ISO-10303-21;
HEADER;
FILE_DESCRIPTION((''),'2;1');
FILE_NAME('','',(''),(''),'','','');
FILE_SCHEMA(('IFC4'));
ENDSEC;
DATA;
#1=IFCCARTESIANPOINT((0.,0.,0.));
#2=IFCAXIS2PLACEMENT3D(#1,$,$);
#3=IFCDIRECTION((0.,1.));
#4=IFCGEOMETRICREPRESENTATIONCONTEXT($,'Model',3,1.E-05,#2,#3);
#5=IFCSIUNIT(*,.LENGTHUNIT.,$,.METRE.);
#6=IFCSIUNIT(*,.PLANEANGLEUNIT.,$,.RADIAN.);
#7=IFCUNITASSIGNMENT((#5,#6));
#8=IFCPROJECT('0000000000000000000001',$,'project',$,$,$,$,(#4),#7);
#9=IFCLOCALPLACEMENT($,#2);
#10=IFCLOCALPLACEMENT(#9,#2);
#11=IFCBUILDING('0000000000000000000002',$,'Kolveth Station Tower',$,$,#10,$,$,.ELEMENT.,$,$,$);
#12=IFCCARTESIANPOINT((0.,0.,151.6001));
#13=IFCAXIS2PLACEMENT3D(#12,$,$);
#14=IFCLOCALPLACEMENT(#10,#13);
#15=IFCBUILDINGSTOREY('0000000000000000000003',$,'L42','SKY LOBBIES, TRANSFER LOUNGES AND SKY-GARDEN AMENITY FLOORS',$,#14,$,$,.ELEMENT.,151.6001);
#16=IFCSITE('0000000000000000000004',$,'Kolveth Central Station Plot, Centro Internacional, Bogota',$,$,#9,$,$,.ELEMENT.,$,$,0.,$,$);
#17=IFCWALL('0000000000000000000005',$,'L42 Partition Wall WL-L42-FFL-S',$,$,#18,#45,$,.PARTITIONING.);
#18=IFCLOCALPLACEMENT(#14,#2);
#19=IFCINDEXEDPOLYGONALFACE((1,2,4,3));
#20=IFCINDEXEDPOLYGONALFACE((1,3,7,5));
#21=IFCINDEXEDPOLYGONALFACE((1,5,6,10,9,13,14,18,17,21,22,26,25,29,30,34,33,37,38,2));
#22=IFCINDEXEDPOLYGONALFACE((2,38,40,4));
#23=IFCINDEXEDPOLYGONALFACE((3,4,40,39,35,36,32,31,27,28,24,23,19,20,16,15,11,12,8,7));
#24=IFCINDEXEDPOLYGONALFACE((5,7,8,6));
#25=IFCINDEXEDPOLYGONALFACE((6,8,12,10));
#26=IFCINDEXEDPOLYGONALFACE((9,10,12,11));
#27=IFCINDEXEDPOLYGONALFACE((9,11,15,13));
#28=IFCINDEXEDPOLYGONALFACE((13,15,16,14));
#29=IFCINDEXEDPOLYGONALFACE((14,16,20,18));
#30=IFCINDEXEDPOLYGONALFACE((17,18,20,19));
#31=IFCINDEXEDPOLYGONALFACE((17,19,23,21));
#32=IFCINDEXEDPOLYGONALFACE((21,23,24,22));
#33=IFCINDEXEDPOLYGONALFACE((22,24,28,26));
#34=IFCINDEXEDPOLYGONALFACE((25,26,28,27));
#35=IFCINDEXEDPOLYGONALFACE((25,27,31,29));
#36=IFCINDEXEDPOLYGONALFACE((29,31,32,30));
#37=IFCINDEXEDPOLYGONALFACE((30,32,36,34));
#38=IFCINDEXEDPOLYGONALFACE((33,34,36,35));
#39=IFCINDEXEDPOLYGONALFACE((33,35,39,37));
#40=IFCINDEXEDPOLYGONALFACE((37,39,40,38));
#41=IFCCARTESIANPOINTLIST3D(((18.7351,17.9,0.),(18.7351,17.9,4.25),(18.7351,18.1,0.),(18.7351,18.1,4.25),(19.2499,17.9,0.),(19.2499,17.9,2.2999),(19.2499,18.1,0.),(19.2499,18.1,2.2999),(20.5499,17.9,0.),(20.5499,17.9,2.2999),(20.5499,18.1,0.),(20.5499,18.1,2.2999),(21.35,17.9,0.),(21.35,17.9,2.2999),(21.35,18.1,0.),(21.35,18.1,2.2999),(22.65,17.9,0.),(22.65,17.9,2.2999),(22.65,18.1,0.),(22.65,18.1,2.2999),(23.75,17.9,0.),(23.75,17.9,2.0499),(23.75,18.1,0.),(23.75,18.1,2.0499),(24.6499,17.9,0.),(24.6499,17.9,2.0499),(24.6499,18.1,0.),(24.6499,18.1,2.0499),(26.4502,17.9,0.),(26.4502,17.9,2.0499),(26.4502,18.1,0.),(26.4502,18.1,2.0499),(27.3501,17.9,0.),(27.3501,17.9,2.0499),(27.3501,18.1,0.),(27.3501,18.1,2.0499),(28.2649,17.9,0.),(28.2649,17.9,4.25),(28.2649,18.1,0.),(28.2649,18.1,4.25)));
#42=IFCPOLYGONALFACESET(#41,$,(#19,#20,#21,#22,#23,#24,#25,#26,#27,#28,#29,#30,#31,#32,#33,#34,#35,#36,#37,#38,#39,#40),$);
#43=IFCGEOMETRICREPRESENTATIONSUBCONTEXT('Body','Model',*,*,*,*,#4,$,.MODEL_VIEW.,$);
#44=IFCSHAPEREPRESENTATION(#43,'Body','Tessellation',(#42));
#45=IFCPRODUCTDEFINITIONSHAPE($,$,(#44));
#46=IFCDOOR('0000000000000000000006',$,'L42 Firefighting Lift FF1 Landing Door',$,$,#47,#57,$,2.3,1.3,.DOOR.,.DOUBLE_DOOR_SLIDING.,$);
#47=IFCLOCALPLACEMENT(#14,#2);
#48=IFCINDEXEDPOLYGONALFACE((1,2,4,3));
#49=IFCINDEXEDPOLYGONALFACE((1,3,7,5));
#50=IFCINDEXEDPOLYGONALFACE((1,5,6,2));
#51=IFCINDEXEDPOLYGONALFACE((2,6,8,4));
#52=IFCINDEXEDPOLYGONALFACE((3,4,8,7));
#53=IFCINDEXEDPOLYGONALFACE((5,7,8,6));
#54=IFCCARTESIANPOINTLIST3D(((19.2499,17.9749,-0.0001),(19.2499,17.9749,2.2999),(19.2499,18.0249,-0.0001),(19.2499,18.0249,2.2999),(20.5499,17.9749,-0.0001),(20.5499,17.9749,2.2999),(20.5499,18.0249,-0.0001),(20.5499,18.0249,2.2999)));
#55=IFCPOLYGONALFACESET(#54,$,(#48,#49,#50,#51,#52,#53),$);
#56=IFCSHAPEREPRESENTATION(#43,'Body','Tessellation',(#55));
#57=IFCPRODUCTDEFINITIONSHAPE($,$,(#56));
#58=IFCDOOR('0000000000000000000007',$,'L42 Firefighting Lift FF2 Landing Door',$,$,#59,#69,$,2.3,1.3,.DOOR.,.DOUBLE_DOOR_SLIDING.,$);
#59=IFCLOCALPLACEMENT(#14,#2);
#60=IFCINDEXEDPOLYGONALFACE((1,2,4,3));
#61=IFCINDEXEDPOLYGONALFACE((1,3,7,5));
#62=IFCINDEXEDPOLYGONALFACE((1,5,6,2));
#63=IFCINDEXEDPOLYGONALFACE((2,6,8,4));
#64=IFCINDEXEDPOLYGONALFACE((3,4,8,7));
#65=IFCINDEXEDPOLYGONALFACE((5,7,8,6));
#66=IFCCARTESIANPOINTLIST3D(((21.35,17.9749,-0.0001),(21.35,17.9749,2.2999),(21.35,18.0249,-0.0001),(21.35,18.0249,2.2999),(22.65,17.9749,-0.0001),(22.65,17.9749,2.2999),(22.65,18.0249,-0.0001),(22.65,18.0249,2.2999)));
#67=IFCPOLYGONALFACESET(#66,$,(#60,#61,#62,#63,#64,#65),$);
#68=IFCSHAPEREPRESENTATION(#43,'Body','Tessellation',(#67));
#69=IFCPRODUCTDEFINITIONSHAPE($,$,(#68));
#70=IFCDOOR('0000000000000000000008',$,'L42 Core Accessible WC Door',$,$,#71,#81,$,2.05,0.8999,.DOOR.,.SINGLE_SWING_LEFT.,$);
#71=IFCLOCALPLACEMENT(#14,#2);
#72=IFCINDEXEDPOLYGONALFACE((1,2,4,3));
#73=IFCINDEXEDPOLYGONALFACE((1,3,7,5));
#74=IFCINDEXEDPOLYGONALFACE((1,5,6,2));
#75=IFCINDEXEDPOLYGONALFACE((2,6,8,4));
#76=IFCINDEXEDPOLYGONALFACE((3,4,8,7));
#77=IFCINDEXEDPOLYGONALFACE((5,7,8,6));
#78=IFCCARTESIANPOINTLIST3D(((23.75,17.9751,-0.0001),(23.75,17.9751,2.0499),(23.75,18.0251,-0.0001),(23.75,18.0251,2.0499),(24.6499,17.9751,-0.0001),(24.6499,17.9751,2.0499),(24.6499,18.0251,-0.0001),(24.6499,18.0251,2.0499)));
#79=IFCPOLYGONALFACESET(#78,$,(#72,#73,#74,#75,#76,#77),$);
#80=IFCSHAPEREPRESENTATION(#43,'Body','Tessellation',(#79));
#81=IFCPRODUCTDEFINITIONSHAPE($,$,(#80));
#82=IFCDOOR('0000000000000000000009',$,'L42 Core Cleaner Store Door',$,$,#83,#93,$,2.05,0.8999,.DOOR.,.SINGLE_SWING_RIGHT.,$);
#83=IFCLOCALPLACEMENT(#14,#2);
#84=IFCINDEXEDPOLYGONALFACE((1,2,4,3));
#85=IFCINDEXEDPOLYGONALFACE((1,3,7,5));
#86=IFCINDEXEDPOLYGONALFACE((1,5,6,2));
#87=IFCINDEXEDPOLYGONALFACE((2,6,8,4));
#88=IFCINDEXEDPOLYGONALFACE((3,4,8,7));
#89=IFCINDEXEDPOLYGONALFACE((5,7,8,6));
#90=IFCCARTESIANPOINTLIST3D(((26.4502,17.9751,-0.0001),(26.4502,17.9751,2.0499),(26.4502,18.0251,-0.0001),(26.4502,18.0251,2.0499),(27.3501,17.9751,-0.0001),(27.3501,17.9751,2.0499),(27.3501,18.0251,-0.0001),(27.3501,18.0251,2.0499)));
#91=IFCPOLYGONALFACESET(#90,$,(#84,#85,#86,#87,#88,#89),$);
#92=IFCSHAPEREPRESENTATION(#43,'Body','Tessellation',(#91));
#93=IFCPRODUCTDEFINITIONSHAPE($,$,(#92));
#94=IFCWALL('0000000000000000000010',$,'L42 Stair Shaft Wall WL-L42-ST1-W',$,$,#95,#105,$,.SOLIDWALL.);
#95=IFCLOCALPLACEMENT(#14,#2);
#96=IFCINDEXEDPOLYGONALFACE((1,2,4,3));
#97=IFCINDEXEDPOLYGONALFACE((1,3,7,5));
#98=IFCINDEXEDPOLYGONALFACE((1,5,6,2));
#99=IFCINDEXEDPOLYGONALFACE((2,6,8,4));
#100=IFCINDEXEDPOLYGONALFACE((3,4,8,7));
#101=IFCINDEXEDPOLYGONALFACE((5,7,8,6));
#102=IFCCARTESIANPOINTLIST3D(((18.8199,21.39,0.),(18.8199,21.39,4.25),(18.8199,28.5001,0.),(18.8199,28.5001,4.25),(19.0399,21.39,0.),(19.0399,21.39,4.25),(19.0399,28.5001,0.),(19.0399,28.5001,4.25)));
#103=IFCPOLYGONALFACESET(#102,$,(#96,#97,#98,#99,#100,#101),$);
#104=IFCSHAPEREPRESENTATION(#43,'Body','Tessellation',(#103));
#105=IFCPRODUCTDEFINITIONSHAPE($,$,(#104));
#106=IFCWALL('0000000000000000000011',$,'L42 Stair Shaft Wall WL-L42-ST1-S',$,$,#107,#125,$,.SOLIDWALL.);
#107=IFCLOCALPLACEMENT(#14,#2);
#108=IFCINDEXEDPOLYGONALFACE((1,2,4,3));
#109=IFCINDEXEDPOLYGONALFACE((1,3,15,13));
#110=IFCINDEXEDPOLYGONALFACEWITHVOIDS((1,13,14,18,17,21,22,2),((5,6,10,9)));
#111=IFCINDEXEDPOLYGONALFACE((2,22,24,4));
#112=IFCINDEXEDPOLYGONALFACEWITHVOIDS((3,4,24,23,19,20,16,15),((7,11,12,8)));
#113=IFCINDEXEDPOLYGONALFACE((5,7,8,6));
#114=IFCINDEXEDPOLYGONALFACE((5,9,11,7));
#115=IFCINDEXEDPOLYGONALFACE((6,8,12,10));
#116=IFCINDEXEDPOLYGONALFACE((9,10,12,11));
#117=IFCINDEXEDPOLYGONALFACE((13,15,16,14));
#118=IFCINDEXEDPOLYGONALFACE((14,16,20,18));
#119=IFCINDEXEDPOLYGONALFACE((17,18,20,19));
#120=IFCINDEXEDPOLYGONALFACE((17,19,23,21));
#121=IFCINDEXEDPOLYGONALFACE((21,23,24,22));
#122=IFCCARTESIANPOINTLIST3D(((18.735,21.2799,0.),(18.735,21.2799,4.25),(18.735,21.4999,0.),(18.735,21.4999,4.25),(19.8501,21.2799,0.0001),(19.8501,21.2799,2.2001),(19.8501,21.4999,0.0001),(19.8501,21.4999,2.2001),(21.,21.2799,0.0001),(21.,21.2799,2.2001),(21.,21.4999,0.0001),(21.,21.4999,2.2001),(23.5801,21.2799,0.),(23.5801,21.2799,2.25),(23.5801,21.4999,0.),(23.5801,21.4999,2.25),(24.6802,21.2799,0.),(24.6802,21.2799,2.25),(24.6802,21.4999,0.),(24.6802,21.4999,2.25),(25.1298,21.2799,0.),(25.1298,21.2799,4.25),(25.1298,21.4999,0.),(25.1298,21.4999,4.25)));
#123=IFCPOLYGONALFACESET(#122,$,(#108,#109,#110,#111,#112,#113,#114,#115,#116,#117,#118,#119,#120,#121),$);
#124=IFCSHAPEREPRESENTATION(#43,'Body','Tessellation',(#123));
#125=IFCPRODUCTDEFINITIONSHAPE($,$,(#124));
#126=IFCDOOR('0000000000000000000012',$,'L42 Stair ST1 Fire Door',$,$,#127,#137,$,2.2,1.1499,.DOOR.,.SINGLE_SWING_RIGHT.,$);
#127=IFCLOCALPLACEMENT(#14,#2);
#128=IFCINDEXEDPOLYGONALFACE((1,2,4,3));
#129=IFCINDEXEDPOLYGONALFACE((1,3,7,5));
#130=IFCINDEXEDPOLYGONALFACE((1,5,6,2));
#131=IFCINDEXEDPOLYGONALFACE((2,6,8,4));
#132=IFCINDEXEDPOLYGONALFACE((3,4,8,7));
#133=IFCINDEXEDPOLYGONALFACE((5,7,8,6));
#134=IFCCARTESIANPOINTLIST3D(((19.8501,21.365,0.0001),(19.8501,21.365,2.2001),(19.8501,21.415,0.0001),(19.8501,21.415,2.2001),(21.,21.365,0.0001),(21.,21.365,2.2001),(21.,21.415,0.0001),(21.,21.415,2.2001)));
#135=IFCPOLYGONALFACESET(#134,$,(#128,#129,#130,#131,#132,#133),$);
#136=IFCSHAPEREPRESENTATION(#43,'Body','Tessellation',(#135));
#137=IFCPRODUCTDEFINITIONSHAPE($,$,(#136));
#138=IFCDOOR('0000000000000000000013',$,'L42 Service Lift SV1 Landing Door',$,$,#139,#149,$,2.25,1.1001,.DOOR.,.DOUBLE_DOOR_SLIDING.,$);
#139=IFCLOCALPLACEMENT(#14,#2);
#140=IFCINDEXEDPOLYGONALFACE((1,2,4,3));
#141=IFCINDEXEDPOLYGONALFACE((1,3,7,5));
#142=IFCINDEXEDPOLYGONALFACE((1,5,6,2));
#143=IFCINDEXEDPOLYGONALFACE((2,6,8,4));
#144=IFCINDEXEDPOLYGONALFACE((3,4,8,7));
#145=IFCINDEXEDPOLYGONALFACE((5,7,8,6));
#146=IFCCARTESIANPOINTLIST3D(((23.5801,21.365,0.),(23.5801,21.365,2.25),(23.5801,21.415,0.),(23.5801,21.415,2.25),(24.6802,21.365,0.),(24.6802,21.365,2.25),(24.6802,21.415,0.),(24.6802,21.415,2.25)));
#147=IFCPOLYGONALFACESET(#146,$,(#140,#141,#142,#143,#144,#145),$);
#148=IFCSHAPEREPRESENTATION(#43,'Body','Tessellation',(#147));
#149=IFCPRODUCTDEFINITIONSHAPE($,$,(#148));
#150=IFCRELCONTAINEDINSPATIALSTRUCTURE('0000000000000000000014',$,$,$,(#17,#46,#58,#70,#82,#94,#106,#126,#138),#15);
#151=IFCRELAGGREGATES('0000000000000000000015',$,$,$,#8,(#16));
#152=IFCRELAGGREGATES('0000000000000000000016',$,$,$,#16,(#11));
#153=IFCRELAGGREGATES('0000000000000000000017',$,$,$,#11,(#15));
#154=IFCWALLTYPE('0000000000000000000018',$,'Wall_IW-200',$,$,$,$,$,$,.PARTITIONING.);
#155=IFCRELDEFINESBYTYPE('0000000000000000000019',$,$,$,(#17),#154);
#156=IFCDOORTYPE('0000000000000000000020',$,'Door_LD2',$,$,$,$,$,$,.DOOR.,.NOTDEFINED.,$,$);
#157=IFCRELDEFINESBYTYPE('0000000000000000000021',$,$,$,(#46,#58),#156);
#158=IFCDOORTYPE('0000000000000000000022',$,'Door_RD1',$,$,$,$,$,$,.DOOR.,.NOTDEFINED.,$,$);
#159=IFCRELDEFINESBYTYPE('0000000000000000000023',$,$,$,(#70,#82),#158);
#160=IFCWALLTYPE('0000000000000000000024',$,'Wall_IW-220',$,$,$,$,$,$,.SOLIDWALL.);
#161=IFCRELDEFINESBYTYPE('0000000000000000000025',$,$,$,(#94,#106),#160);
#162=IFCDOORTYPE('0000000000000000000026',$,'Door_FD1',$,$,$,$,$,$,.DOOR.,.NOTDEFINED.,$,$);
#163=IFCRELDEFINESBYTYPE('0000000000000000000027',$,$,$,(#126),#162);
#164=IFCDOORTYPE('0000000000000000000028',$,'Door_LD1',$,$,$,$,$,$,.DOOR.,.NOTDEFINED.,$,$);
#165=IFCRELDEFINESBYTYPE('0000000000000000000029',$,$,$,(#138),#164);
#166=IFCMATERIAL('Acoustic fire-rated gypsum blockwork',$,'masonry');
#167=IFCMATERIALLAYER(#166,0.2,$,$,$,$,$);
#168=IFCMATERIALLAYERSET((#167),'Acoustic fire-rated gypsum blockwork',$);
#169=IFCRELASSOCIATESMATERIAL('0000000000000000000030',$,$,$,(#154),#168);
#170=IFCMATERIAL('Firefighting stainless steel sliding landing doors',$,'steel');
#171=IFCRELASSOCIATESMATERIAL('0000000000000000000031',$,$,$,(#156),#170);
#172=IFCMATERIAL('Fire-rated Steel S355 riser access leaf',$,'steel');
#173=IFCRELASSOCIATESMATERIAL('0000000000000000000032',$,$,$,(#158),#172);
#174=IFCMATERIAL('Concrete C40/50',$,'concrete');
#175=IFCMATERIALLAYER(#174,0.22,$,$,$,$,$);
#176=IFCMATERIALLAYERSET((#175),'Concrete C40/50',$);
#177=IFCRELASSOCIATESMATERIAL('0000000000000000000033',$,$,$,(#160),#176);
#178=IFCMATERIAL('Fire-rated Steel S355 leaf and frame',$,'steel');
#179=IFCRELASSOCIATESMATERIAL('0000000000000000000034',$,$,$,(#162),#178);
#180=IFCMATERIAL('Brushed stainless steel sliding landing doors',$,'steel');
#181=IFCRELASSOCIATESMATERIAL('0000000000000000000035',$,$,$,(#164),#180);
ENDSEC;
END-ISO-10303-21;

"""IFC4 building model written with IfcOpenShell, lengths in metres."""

from ifc_helpers import new_model, si_unit, direction, frame, frame_2d, origin, place, context, subcontext, project, spatial, rectangle, extrude, material, layer, layer_set, type_object, element, fill, save


model = new_model("IFC4")

# Units and contexts
model_context = context("Model", 3, precision=1e-05, world=origin(), true_north=direction((0.0, 1.0)))
body_context = subcontext(model_context, "Body", "Model", "MODEL_VIEW")
ifc_project = project(units=[si_unit("LENGTHUNIT", "METRE"), si_unit("PLANEANGLEUNIT", "RADIAN")], contexts=[model_context])

# Site, building, storey
site_placement = place(None, origin())
site = spatial("IfcSite", under=ifc_project, at=site_placement, Name="Kolveth Central Station Plot, Centro Internacional, Bogota", CompositionType="ELEMENT", RefElevation=0.0)
building_placement = place(site_placement, origin())
building = spatial("IfcBuilding", under=site, at=building_placement, Name="Kolveth Station Tower", CompositionType="ELEMENT")
storey_placement = place(building_placement, frame((0.0, 0.0, 151.6001)))
storey = spatial("IfcBuildingStorey", under=building, at=storey_placement, Name="L42", Description="SKY LOBBIES, TRANSFER LOUNGES AND SKY-GARDEN AMENITY FLOORS", CompositionType="ELEMENT", Elevation=151.6001)

# Wall, openings, doors
ifc_material_1 = material(Name="Acoustic fire-rated gypsum blockwork", Category="masonry")
ifc_layer_1 = layer(ifc_material_1, 0.2)
ifc_layer_set_1 = layer_set([ifc_layer_1], Name="Acoustic fire-rated gypsum blockwork")
wall_type_1 = type_object("IfcWallType", Name="Wall_IW-200", PredefinedType="PARTITIONING", material=ifc_layer_set_1)
wall_1_placement = place(storey_placement, frame((18.7351, 18.0, 0.0), z_axis=(0.0, 0.0, 1.0), x_axis=(1.0, 0.0, 0.0)))
wall_1 = element("IfcWall", 1, at=wall_1_placement, inside=storey, type_object=wall_type_1, Name="L42 Partition Wall WL-L42-FFL-S", PredefinedType="PARTITIONING", context=body_context, shape_type="SweptSolid", body=[
    extrude(rectangle(XDim=9.5298, YDim=0.2, at=frame_2d((4.7649, 0.0))), origin(), (0.0, 0.0, 1.0), 4.25),
])
opening_1_placement = place(wall_1_placement, frame((0.5149, 0.0, 0.0)))
opening_1 = element("IfcOpeningElement", 2, at=opening_1_placement, cuts=wall_1, PredefinedType="OPENING", context=body_context, shape_type="SweptSolid", body=[
    extrude(rectangle(XDim=1.3, YDim=2.3, at=frame_2d((0.6499, 1.1499))), frame((0.0, 0.1099, 0.0), z_axis=(0.0, -1.0, 0.0), x_axis=(1.0, 0.0, 0.0)), (0.0, 0.0, 1.0), 0.22),
])
opening_2_placement = place(wall_1_placement, frame((2.615, 0.0, 0.0)))
opening_2 = element("IfcOpeningElement", 3, at=opening_2_placement, cuts=wall_1, PredefinedType="OPENING", context=body_context, shape_type="SweptSolid", body=[
    extrude(rectangle(XDim=1.3, YDim=2.3, at=frame_2d((0.6499, 1.1499))), frame((0.0, 0.1099, 0.0), z_axis=(0.0, -1.0, 0.0), x_axis=(1.0, 0.0, 0.0)), (0.0, 0.0, 1.0), 0.22),
])
opening_3_placement = place(wall_1_placement, frame((5.0149, 0.0, 0.0)))
opening_3 = element("IfcOpeningElement", 4, at=opening_3_placement, cuts=wall_1, PredefinedType="OPENING", context=body_context, shape_type="SweptSolid", body=[
    extrude(rectangle(XDim=0.8999, YDim=2.05, at=frame_2d((0.45, 1.0249))), frame((0.0, 0.1099, 0.0), z_axis=(0.0, -1.0, 0.0), x_axis=(1.0, 0.0, 0.0)), (0.0, 0.0, 1.0), 0.22),
])
opening_4_placement = place(wall_1_placement, frame((7.7151, 0.0, 0.0)))
opening_4 = element("IfcOpeningElement", 5, at=opening_4_placement, cuts=wall_1, PredefinedType="OPENING", context=body_context, shape_type="SweptSolid", body=[
    extrude(rectangle(XDim=0.8999, YDim=2.05, at=frame_2d((0.45, 1.0249))), frame((0.0, 0.1099, 0.0), z_axis=(0.0, -1.0, 0.0), x_axis=(1.0, 0.0, 0.0)), (0.0, 0.0, 1.0), 0.22),
])
ifc_material_2 = material(Name="Firefighting stainless steel sliding landing doors", Category="steel")
door_type_1 = type_object("IfcDoorType", Name="Door_LD2", OperationType="NOTDEFINED", PredefinedType="DOOR", material=ifc_material_2)
door_1_placement = place(opening_1_placement, origin())
door_1 = element("IfcDoor", 6, at=door_1_placement, inside=storey, type_object=door_type_1, Name="L42 Firefighting Lift FF1 Landing Door", OperationType="DOUBLE_DOOR_SLIDING", OverallHeight=2.3, OverallWidth=1.3, PredefinedType="DOOR", context=body_context, shape_type="SweptSolid", body=[
    extrude(rectangle(XDim=1.3, YDim=2.3, at=frame_2d((0.6499, 1.1499))), frame((0.0, 0.0249, 0.0), z_axis=(0.0, -1.0, 0.0), x_axis=(1.0, 0.0, 0.0)), (0.0, 0.0, 1.0), 0.05),
])
fill(opening_1, door_1)
door_2_placement = place(opening_2_placement, origin())
door_2 = element("IfcDoor", 7, at=door_2_placement, inside=storey, type_object=door_type_1, Name="L42 Firefighting Lift FF2 Landing Door", OperationType="DOUBLE_DOOR_SLIDING", OverallHeight=2.3, OverallWidth=1.3, PredefinedType="DOOR", context=body_context, shape_type="SweptSolid", body=[
    extrude(rectangle(XDim=1.3, YDim=2.3, at=frame_2d((0.6499, 1.1499))), frame((0.0, 0.0249, 0.0), z_axis=(0.0, -1.0, 0.0), x_axis=(1.0, 0.0, 0.0)), (0.0, 0.0, 1.0), 0.05),
])
fill(opening_2, door_2)
ifc_material_3 = material(Name="Fire-rated Steel S355 riser access leaf", Category="steel")
door_type_2 = type_object("IfcDoorType", Name="Door_RD1", OperationType="NOTDEFINED", PredefinedType="DOOR", material=ifc_material_3)
door_3_placement = place(opening_3_placement, frame((0.8999, 0.0, 0.0), z_axis=(0.0, 0.0, 1.0), x_axis=(-1.0, 0.0, 0.0)))
door_3 = element("IfcDoor", 8, at=door_3_placement, inside=storey, type_object=door_type_2, Name="L42 Core Accessible WC Door", OperationType="SINGLE_SWING_LEFT", OverallHeight=2.05, OverallWidth=0.8999, PredefinedType="DOOR", context=body_context, shape_type="SweptSolid", body=[
    extrude(rectangle(XDim=0.8999, YDim=2.05, at=frame_2d((0.45, 1.0249))), frame((0.0, 0.0249, 0.0), z_axis=(0.0, -1.0, 0.0), x_axis=(1.0, 0.0, 0.0)), (0.0, 0.0, 1.0), 0.05),
])
fill(opening_3, door_3)
door_4_placement = place(opening_4_placement, frame((0.8999, 0.0, 0.0), z_axis=(0.0, 0.0, 1.0), x_axis=(-1.0, 0.0, 0.0)))
door_4 = element("IfcDoor", 9, at=door_4_placement, inside=storey, type_object=door_type_2, Name="L42 Core Cleaner Store Door", OperationType="SINGLE_SWING_RIGHT", OverallHeight=2.05, OverallWidth=0.8999, PredefinedType="DOOR", context=body_context, shape_type="SweptSolid", body=[
    extrude(rectangle(XDim=0.8999, YDim=2.05, at=frame_2d((0.45, 1.0249))), frame((0.0, 0.0249, 0.0), z_axis=(0.0, -1.0, 0.0), x_axis=(1.0, 0.0, 0.0)), (0.0, 0.0, 1.0), 0.05),
])
fill(opening_4, door_4)

# Wall
ifc_material_4 = material(Name="Concrete C40/50", Category="concrete")
ifc_layer_2 = layer(ifc_material_4, 0.22)
ifc_layer_set_2 = layer_set([ifc_layer_2], Name="Concrete C40/50")
wall_type_2 = type_object("IfcWallType", Name="Wall_IW-220", PredefinedType="SOLIDWALL", material=ifc_layer_set_2)
wall_2_placement = place(storey_placement, frame((18.9299, 21.3899, 0.0), z_axis=(0.0, 0.0, 1.0), x_axis=(0.0, 1.0, 0.0)))
element("IfcWall", 10, at=wall_2_placement, inside=storey, type_object=wall_type_2, Name="L42 Stair Shaft Wall WL-L42-ST1-W", PredefinedType="SOLIDWALL", context=body_context, shape_type="SweptSolid", body=[
    extrude(rectangle(XDim=7.1101, YDim=0.22, at=frame_2d((3.5552, 0.0))), origin(), (0.0, 0.0, 1.0), 4.25),
])

# Wall, openings, doors
wall_3_placement = place(storey_placement, frame((18.7351, 21.3899, 0.0), z_axis=(0.0, 0.0, 1.0), x_axis=(1.0, 0.0, 0.0)))
wall_3 = element("IfcWall", 11, at=wall_3_placement, inside=storey, type_object=wall_type_2, Name="L42 Stair Shaft Wall WL-L42-ST1-S", PredefinedType="SOLIDWALL", context=body_context, shape_type="SweptSolid", body=[
    extrude(rectangle(XDim=6.3948, YDim=0.22, at=frame_2d((3.1973, 0.0))), origin(), (0.0, 0.0, 1.0), 4.25),
])
opening_5_placement = place(wall_3_placement, frame((1.115, 0.0, 0.0)))
opening_5 = element("IfcOpeningElement", 12, at=opening_5_placement, cuts=wall_3, PredefinedType="OPENING", context=body_context, shape_type="SweptSolid", body=[
    extrude(rectangle(XDim=1.1499, YDim=2.2, at=frame_2d((0.575, 1.1001))), frame((0.0, 0.1199, 0.0), z_axis=(0.0, -1.0, 0.0), x_axis=(1.0, 0.0, 0.0)), (0.0, 0.0, 1.0), 0.24),
])
opening_6_placement = place(wall_3_placement, frame((4.845, 0.0, 0.0)))
opening_6 = element("IfcOpeningElement", 13, at=opening_6_placement, cuts=wall_3, PredefinedType="OPENING", context=body_context, shape_type="SweptSolid", body=[
    extrude(rectangle(XDim=1.1001, YDim=2.25, at=frame_2d((0.55, 1.125))), frame((0.0, 0.1199, 0.0), z_axis=(0.0, -1.0, 0.0), x_axis=(1.0, 0.0, 0.0)), (0.0, 0.0, 1.0), 0.24),
])
ifc_material_5 = material(Name="Fire-rated Steel S355 leaf and frame", Category="steel")
door_type_3 = type_object("IfcDoorType", Name="Door_FD1", OperationType="NOTDEFINED", PredefinedType="DOOR", material=ifc_material_5)
door_5_placement = place(opening_5_placement, frame((1.1499, 0.0, 0.0), z_axis=(0.0, 0.0, 1.0), x_axis=(-1.0, 0.0, 0.0)))
door_5 = element("IfcDoor", 14, at=door_5_placement, inside=storey, type_object=door_type_3, Name="L42 Stair ST1 Fire Door", OperationType="SINGLE_SWING_RIGHT", OverallHeight=2.2, OverallWidth=1.1499, PredefinedType="DOOR", context=body_context, shape_type="SweptSolid", body=[
    extrude(rectangle(XDim=1.1499, YDim=2.2, at=frame_2d((0.575, 1.1001))), frame((0.0, 0.0249, 0.0), z_axis=(0.0, -1.0, 0.0), x_axis=(1.0, 0.0, 0.0)), (0.0, 0.0, 1.0), 0.05),
])
fill(opening_5, door_5)
ifc_material_6 = material(Name="Brushed stainless steel sliding landing doors", Category="steel")
door_type_4 = type_object("IfcDoorType", Name="Door_LD1", OperationType="NOTDEFINED", PredefinedType="DOOR", material=ifc_material_6)
door_6_placement = place(opening_6_placement, frame((1.1001, 0.0, 0.0), z_axis=(0.0, 0.0, 1.0), x_axis=(-1.0, 0.0, 0.0)))
door_6 = element("IfcDoor", 15, at=door_6_placement, inside=storey, type_object=door_type_4, Name="L42 Service Lift SV1 Landing Door", OperationType="DOUBLE_DOOR_SLIDING", OverallHeight=2.25, OverallWidth=1.1001, PredefinedType="DOOR", context=body_context, shape_type="SweptSolid", body=[
    extrude(rectangle(XDim=1.1001, YDim=2.25, at=frame_2d((0.55, 1.125))), frame((0.0, 0.0249, 0.0), z_axis=(0.0, -1.0, 0.0), x_axis=(1.0, 0.0, 0.0)), (0.0, 0.0, 1.0), 0.05),
])
fill(opening_6, door_6)

save(model, "model.ifc")
